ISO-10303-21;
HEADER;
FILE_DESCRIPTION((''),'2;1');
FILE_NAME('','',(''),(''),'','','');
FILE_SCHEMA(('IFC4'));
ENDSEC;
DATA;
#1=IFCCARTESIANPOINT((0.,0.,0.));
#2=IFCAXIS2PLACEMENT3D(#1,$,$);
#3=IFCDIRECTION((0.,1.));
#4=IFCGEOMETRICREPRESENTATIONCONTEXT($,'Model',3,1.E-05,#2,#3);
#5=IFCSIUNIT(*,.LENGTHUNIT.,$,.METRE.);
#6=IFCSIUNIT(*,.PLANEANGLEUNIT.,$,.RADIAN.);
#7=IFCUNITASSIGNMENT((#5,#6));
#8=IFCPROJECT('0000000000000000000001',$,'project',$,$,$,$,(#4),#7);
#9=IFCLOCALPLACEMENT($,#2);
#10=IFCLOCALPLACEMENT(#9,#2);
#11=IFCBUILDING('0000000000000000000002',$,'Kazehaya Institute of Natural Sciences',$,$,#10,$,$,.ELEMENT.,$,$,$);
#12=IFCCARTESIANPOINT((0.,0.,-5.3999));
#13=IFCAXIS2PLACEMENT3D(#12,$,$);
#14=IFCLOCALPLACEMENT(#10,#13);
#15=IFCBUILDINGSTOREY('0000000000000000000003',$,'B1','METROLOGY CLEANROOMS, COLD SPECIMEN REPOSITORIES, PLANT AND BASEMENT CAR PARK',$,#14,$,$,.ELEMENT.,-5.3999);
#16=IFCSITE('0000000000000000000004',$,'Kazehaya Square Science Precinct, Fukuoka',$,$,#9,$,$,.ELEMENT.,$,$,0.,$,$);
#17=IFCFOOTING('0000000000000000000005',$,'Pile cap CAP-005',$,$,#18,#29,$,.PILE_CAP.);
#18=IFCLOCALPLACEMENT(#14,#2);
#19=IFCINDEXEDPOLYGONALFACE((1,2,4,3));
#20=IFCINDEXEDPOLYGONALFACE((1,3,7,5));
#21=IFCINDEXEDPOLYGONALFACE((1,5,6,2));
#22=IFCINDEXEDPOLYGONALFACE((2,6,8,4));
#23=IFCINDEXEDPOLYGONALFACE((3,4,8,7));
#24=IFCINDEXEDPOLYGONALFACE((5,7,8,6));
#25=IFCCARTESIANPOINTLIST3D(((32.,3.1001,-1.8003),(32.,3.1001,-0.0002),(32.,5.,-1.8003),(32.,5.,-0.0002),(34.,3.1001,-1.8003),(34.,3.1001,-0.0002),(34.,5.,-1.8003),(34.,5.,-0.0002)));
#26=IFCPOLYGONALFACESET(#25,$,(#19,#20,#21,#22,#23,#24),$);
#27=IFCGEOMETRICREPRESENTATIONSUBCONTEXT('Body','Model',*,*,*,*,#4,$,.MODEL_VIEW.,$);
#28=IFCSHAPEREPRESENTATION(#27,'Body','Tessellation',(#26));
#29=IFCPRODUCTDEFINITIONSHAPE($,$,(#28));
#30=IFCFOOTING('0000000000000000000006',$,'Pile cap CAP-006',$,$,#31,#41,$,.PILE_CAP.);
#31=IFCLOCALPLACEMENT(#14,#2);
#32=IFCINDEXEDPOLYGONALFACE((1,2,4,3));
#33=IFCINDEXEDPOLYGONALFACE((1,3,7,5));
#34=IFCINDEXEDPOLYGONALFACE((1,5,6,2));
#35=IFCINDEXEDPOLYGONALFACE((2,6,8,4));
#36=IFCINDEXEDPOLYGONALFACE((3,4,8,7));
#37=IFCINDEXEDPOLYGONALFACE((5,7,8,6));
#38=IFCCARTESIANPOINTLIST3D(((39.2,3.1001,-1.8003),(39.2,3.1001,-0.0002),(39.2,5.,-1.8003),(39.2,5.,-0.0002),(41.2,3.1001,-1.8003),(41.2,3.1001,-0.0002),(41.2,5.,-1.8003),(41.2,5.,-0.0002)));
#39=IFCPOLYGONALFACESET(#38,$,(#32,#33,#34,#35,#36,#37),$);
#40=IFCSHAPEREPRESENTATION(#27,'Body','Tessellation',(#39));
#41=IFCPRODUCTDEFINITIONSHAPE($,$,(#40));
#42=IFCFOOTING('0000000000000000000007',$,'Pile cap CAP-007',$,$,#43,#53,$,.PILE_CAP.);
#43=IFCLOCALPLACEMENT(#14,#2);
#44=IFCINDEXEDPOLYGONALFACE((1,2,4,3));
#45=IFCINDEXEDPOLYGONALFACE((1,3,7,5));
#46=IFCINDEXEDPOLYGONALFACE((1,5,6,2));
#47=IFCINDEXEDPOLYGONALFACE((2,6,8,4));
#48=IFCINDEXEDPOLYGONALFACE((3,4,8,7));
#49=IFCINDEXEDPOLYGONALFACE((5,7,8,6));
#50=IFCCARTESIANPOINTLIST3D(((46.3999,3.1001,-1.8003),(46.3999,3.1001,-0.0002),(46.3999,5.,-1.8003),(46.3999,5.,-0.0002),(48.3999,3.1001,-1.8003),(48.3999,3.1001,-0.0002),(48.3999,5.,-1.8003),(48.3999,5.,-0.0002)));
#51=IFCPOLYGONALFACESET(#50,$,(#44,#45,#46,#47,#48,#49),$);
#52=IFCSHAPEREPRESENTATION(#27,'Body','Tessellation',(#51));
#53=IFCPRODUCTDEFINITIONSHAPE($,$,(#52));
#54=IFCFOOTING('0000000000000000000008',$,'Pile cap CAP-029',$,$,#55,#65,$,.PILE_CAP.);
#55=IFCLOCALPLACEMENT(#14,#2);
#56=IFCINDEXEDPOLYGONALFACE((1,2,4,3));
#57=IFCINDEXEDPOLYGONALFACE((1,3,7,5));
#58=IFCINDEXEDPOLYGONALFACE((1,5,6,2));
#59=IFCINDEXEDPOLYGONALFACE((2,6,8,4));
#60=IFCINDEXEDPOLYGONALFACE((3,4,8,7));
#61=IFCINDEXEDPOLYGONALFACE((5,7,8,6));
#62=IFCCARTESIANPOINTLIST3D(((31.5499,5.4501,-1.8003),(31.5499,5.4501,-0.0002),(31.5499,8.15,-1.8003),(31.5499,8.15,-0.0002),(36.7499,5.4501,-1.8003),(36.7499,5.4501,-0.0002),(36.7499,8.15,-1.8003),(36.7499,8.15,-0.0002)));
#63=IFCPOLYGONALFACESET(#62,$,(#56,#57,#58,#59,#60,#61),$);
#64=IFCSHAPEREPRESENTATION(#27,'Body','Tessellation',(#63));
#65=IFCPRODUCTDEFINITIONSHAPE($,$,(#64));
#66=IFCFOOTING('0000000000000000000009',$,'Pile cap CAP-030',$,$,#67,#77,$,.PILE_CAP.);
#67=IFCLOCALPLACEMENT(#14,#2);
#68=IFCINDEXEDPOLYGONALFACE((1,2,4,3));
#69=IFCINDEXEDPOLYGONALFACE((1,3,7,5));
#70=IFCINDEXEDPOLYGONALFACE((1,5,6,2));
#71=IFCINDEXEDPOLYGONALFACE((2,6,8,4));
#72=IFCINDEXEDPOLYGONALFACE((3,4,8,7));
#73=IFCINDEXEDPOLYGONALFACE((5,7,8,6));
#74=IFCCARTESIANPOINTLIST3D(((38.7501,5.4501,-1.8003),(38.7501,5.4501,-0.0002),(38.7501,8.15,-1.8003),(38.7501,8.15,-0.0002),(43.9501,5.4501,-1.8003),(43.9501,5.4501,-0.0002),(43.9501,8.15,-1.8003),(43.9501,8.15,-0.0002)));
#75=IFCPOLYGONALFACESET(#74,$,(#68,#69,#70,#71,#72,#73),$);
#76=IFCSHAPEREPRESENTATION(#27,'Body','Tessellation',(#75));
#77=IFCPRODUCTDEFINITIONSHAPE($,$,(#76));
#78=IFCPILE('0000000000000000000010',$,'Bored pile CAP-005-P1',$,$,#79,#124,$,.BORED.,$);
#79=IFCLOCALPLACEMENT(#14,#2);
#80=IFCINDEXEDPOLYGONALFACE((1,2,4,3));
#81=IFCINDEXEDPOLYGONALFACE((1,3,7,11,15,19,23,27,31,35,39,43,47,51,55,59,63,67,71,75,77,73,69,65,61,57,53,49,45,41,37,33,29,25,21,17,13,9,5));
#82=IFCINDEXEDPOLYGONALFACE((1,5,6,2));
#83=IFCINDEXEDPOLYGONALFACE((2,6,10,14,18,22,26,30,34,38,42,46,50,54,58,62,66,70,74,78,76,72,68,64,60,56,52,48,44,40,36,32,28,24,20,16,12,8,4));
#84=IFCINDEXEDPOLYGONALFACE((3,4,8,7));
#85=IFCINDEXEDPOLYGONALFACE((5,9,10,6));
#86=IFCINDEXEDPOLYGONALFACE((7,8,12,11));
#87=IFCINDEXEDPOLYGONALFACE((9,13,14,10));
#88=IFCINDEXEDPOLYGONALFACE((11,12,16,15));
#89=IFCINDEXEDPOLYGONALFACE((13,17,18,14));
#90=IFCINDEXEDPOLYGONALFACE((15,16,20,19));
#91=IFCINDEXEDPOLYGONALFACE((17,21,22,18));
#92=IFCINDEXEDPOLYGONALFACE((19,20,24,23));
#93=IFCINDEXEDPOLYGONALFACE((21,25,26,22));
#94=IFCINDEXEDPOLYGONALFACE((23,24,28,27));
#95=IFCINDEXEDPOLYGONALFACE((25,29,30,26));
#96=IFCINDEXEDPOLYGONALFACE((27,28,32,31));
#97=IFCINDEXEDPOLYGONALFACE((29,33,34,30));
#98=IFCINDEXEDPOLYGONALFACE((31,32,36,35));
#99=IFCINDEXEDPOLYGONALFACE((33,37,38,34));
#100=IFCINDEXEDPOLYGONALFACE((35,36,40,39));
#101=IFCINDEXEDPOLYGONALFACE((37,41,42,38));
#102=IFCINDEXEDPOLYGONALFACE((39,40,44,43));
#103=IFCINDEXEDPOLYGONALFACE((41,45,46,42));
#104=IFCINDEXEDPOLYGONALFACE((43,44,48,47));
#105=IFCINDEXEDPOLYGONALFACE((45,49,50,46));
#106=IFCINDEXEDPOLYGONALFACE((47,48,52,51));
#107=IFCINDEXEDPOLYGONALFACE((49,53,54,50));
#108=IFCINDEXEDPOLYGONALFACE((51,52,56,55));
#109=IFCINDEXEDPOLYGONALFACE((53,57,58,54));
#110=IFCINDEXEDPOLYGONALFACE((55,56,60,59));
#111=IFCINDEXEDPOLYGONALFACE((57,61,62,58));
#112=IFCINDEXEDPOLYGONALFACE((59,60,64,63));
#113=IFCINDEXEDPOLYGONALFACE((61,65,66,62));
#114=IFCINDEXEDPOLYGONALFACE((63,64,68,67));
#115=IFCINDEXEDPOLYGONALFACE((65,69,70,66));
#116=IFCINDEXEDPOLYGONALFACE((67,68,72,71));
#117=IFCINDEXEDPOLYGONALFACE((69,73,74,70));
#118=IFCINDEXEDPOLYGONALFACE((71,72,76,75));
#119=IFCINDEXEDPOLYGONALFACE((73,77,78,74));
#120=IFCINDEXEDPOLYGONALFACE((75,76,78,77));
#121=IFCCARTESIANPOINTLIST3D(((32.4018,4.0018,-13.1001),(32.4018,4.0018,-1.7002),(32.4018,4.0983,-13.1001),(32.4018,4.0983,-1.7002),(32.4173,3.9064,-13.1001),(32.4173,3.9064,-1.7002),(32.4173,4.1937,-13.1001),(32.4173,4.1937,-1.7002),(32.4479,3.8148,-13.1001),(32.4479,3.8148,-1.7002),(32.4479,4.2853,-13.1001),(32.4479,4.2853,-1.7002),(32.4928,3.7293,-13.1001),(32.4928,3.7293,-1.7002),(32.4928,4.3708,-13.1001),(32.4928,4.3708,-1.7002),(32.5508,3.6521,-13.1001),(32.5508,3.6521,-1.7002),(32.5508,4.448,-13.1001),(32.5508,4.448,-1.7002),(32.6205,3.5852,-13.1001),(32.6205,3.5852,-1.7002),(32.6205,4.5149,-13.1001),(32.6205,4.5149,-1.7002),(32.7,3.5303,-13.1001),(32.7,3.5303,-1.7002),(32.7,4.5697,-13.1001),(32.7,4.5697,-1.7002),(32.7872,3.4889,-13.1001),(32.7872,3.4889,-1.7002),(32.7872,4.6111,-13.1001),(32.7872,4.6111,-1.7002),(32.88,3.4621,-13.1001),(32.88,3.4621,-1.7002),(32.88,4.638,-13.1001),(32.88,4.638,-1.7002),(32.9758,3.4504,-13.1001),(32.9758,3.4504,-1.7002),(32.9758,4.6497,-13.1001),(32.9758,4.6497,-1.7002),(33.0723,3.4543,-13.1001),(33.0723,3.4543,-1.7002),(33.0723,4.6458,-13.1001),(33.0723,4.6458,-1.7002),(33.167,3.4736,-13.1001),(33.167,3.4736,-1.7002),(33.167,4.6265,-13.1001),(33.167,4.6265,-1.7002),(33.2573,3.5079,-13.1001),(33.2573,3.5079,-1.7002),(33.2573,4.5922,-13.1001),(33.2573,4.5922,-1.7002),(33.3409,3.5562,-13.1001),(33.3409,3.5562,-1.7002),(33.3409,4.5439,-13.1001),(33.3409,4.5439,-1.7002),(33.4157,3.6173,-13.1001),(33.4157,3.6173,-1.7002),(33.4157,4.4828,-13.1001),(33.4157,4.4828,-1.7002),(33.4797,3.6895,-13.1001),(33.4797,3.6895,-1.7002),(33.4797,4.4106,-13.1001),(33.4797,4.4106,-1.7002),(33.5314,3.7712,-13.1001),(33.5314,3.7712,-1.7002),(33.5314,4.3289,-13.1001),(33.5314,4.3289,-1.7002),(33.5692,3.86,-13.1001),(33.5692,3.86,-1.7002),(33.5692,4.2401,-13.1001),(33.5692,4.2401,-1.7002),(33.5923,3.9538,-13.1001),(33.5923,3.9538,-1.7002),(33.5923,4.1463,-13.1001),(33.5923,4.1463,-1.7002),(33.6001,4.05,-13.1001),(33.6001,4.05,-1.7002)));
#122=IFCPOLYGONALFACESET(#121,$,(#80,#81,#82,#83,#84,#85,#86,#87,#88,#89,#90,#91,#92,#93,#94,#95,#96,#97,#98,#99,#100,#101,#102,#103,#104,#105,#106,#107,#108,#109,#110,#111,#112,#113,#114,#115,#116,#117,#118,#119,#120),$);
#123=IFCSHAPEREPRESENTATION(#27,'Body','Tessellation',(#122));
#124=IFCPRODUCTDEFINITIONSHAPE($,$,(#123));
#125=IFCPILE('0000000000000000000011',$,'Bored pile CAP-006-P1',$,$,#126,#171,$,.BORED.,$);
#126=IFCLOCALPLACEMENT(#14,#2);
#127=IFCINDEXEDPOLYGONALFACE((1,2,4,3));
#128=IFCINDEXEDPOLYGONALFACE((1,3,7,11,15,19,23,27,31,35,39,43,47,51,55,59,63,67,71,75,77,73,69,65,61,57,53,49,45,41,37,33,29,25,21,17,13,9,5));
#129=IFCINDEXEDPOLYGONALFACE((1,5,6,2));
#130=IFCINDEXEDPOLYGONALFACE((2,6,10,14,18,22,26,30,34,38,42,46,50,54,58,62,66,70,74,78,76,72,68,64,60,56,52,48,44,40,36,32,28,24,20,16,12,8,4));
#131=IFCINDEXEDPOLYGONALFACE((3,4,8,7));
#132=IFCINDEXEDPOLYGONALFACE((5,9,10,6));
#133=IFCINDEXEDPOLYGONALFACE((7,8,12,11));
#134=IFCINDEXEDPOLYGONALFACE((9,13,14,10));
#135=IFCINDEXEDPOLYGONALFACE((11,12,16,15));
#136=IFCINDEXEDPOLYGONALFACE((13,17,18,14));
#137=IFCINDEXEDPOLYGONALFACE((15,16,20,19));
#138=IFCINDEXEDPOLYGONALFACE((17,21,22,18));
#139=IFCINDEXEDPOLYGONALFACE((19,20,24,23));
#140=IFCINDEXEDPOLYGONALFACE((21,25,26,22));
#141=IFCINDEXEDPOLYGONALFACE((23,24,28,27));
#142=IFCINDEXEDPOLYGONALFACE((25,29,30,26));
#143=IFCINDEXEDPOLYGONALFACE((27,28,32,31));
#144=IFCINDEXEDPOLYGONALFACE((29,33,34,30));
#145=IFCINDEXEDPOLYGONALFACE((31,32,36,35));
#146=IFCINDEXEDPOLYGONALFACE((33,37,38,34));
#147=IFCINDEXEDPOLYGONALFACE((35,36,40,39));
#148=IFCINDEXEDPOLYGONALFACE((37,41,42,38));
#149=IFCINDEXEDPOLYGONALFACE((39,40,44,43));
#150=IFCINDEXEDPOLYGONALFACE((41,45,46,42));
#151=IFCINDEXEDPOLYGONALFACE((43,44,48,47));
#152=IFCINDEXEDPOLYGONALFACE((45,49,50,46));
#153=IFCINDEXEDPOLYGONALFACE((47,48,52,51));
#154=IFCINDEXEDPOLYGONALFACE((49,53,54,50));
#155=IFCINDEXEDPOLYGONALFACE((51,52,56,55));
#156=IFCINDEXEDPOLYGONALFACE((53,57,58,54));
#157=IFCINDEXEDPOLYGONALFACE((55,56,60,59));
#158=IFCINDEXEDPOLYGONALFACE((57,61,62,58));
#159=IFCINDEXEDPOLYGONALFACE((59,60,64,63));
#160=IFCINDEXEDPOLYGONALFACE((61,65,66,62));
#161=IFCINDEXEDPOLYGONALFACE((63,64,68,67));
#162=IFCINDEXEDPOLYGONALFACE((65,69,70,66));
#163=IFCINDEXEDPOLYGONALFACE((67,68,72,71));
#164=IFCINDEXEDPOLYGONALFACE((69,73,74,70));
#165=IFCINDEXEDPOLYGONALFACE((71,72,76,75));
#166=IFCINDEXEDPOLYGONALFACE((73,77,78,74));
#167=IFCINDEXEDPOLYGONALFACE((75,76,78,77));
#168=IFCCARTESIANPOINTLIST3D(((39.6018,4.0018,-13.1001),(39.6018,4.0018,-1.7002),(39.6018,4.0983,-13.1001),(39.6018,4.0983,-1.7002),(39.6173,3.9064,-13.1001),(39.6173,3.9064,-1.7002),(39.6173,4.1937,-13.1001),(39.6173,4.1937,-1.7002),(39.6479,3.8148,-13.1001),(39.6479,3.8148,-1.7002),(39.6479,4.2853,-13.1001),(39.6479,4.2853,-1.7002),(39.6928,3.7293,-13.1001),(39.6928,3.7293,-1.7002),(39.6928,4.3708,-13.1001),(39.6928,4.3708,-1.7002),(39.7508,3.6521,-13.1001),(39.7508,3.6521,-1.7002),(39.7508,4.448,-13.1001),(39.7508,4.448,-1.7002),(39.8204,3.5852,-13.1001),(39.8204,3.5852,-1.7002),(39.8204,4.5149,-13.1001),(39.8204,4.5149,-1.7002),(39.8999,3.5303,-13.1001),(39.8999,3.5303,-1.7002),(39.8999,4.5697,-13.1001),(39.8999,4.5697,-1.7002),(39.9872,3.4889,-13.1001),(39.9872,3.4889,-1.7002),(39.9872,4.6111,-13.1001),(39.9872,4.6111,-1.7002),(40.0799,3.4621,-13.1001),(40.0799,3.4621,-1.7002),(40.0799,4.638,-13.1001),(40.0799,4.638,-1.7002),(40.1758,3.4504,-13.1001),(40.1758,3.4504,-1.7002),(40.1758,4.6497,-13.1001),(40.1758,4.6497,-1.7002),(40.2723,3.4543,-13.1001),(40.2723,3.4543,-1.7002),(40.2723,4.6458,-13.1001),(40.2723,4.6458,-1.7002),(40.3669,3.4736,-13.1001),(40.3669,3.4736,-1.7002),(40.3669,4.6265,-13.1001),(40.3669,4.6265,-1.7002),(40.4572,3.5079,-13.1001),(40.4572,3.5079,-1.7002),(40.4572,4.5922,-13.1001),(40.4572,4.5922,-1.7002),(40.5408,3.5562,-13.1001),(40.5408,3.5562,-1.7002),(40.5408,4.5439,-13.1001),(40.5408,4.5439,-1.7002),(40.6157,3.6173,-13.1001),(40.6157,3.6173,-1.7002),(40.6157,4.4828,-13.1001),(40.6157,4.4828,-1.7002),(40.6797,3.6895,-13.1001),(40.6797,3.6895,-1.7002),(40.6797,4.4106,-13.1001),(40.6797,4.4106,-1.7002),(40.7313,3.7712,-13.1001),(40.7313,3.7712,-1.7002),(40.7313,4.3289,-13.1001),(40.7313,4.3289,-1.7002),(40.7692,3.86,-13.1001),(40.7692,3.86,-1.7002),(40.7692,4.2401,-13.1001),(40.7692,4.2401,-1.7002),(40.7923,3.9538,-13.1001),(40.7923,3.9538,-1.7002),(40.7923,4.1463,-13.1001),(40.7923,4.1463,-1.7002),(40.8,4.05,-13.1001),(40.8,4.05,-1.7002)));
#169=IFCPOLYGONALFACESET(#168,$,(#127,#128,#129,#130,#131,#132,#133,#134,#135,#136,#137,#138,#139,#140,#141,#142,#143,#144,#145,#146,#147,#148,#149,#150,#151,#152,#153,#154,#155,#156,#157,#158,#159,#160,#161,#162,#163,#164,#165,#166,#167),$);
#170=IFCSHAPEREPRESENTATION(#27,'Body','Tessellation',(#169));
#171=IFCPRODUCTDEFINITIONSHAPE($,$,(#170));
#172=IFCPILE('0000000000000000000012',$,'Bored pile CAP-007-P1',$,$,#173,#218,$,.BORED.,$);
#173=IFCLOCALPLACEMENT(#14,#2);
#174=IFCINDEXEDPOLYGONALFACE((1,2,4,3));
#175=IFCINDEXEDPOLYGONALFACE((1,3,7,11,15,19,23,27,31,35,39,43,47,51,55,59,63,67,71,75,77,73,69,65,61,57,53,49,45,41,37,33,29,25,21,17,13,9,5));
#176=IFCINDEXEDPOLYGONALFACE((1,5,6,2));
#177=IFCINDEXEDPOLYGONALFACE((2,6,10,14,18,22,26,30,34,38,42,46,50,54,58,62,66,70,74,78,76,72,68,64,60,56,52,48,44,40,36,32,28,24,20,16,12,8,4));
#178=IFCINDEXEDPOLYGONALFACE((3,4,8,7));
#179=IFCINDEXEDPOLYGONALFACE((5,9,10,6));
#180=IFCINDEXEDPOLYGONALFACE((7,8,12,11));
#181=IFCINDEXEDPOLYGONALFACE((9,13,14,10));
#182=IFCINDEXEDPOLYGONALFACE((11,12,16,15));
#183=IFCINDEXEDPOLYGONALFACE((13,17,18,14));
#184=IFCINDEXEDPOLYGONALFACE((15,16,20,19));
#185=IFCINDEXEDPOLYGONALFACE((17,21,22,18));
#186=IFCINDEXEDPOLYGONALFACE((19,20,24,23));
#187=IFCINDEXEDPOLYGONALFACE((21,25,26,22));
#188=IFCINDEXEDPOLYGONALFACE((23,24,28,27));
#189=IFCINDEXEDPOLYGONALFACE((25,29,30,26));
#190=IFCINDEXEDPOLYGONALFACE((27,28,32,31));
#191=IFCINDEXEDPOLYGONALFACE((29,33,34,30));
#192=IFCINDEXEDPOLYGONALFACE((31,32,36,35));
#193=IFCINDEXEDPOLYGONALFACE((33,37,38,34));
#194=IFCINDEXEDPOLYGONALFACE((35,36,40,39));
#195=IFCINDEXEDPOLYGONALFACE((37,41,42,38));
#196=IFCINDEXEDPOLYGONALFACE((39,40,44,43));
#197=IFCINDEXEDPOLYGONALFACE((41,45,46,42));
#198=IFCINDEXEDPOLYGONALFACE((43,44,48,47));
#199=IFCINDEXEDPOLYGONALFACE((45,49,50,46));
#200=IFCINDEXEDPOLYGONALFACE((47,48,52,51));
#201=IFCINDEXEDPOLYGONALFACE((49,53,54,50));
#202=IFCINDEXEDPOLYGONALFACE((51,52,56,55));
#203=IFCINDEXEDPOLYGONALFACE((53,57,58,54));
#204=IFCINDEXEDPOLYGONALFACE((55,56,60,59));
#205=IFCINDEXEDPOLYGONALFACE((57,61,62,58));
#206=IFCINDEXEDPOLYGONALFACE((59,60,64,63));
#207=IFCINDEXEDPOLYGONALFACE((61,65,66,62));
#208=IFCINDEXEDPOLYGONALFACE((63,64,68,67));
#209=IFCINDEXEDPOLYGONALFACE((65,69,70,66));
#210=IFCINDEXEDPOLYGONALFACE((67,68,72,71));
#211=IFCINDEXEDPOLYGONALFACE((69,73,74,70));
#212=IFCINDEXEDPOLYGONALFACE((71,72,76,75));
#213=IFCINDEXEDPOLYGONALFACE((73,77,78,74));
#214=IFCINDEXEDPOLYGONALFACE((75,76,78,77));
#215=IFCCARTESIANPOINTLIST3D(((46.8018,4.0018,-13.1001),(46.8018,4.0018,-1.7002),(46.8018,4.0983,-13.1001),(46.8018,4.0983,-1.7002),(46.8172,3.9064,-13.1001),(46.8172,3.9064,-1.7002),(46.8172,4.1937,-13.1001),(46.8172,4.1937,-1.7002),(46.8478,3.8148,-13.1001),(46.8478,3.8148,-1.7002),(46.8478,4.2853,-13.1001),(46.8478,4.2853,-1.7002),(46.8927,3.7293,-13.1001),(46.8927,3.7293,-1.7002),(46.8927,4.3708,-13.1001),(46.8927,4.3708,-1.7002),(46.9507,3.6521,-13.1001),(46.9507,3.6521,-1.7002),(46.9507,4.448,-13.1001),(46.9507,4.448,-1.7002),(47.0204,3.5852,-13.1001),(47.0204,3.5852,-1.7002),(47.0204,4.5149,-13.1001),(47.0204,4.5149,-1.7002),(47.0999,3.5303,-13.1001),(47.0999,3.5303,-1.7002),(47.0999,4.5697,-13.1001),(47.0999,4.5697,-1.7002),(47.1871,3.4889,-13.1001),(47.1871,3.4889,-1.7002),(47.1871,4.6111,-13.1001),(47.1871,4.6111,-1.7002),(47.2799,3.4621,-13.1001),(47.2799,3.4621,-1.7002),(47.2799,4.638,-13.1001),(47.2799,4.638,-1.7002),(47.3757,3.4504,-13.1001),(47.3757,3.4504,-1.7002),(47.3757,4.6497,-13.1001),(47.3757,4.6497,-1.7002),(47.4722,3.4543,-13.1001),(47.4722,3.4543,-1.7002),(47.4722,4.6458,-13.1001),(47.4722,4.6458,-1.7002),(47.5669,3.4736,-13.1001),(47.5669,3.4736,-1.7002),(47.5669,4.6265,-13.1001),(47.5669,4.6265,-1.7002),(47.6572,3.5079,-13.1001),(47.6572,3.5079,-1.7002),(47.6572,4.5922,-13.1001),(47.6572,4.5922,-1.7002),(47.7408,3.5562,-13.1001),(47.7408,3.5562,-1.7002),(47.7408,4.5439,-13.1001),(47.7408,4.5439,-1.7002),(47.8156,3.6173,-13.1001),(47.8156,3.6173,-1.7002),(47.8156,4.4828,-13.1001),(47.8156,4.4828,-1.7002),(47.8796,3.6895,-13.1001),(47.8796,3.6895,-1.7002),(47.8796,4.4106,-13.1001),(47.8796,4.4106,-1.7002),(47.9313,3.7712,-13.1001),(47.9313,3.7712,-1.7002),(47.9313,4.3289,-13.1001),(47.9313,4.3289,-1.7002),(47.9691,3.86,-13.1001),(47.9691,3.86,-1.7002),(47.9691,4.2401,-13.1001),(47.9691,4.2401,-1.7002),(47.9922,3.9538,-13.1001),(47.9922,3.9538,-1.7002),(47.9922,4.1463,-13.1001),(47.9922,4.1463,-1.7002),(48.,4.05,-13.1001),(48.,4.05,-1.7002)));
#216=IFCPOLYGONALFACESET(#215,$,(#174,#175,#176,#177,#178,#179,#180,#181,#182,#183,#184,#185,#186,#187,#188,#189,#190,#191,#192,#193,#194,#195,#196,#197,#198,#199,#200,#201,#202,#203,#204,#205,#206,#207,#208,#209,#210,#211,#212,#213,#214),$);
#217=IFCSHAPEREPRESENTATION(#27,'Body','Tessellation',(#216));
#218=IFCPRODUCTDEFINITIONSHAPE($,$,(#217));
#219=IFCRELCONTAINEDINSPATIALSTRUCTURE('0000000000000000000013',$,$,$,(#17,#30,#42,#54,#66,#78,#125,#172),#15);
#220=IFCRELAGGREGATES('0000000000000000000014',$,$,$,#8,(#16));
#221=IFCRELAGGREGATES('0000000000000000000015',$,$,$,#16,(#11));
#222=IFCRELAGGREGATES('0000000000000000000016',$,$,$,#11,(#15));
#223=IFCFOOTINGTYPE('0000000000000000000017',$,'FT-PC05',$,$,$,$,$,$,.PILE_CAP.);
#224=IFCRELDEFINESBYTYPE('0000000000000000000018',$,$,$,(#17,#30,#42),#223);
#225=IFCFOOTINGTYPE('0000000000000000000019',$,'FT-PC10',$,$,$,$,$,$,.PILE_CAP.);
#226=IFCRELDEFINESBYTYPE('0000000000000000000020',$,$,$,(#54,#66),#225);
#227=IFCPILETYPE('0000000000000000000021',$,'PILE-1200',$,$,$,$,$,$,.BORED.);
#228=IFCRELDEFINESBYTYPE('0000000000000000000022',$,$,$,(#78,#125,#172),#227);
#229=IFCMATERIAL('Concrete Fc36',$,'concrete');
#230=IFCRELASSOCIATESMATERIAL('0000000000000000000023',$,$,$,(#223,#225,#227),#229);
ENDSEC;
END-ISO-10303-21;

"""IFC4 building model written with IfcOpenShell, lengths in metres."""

from ifc_helpers import new_model, si_unit, direction, frame, origin, origin_2d, place, context, subcontext, project, spatial, rectangle, circle, extrude, material, material_profile, profile_set, type_object, element, save


model = new_model("IFC4")

# Units and contexts
model_context = context("Model", 3, precision=1e-05, world=origin(), true_north=direction((0.0, 1.0)))
body_context = subcontext(model_context, "Body", "Model", "MODEL_VIEW")
ifc_project = project(units=[si_unit("LENGTHUNIT", "METRE"), si_unit("PLANEANGLEUNIT", "RADIAN")], contexts=[model_context])

# Site, building, storey
site_placement = place(None, origin())
site = spatial("IfcSite", under=ifc_project, at=site_placement, Name="Kazehaya Square Science Precinct, Fukuoka", CompositionType="ELEMENT", RefElevation=0.0)
building_placement = place(site_placement, origin())
building = spatial("IfcBuilding", under=site, at=building_placement, Name="Kazehaya Institute of Natural Sciences", CompositionType="ELEMENT")
storey_placement = place(building_placement, frame((0.0, 0.0, -5.3999)))
storey = spatial("IfcBuildingStorey", under=building, at=storey_placement, Name="B1", Description="METROLOGY CLEANROOMS, COLD SPECIMEN REPOSITORIES, PLANT AND BASEMENT CAR PARK", CompositionType="ELEMENT", Elevation=-5.3999)

# Footings
ifc_material_1 = material(Name="Concrete Fc36", Category="concrete")
footing_type_1 = type_object("IfcFootingType", Name="FT-PC05", PredefinedType="PILE_CAP", material=ifc_material_1)
for number, where, z_axis, x_axis, name in (
    (1, (33.0, 4.05, -1.8003), (0.0, 0.0, 1.0), (1.0, 0.0, 0.0), "Pile cap CAP-005"),
    (2, (40.2, 4.05, -1.8003), (0.0, 0.0, 1.0), (1.0, 0.0, 0.0), "Pile cap CAP-006"),
    (3, (47.3999, 4.05, -1.8003), (0.0, 0.0, 1.0), (1.0, 0.0, 0.0), "Pile cap CAP-007"),
):
    element("IfcFooting", number, at=place(storey_placement, frame(where, z_axis=z_axis, x_axis=x_axis)), inside=storey, type_object=footing_type_1, Name=name, PredefinedType="PILE_CAP", context=body_context, shape_type="SweptSolid", body=[
        extrude(rectangle(XDim=2.0, YDim=1.8999, at=origin_2d()), origin(), (0.0, 0.0, 1.0), 1.8),
    ])
footing_type_2 = type_object("IfcFootingType", Name="FT-PC10", PredefinedType="PILE_CAP", material=ifc_material_1)
for number, where, z_axis, x_axis, name in (
    (4, (34.1499, 6.8, -1.8003), (0.0, 0.0, 1.0), (1.0, 0.0, 0.0), "Pile cap CAP-029"),
    (5, (41.3501, 6.8, -1.8003), (0.0, 0.0, 1.0), (1.0, 0.0, 0.0), "Pile cap CAP-030"),
):
    element("IfcFooting", number, at=place(storey_placement, frame(where, z_axis=z_axis, x_axis=x_axis)), inside=storey, type_object=footing_type_2, Name=name, PredefinedType="PILE_CAP", context=body_context, shape_type="SweptSolid", body=[
        extrude(rectangle(XDim=5.2, YDim=2.7, at=origin_2d()), origin(), (0.0, 0.0, 1.0), 1.8),
    ])

# Piles
ifc_material_profile_1 = material_profile(ifc_material_1, circle(Radius=0.6001, at=origin_2d()), Name="PILE-1200")
ifc_profile_set_1 = profile_set([ifc_material_profile_1], Name="Concrete Fc36")
pile_type_1 = type_object("IfcPileType", Name="PILE-1200", PredefinedType="BORED", material=ifc_profile_set_1)
for number, where, z_axis, x_axis, name in (
    (6, (33.0, 4.05, -1.7002), (0.0, 0.0, -1.0), (1.0, 0.0, 0.0), "Bored pile CAP-005-P1"),
    (7, (40.2, 4.05, -1.7002), (0.0, 0.0, -1.0), (1.0, 0.0, 0.0), "Bored pile CAP-006-P1"),
    (8, (47.3999, 4.05, -1.7002), (0.0, 0.0, -1.0), (1.0, 0.0, 0.0), "Bored pile CAP-007-P1"),
):
    element("IfcPile", number, at=place(storey_placement, frame(where, z_axis=z_axis, x_axis=x_axis)), inside=storey, type_object=pile_type_1, Name=name, PredefinedType="BORED", context=body_context, shape_type="SweptSolid", body=[
        extrude(circle(Radius=0.6001, at=origin_2d()), origin(), (0.0, 0.0, 1.0), 11.3999),
    ])

save(model, "model.ifc")
